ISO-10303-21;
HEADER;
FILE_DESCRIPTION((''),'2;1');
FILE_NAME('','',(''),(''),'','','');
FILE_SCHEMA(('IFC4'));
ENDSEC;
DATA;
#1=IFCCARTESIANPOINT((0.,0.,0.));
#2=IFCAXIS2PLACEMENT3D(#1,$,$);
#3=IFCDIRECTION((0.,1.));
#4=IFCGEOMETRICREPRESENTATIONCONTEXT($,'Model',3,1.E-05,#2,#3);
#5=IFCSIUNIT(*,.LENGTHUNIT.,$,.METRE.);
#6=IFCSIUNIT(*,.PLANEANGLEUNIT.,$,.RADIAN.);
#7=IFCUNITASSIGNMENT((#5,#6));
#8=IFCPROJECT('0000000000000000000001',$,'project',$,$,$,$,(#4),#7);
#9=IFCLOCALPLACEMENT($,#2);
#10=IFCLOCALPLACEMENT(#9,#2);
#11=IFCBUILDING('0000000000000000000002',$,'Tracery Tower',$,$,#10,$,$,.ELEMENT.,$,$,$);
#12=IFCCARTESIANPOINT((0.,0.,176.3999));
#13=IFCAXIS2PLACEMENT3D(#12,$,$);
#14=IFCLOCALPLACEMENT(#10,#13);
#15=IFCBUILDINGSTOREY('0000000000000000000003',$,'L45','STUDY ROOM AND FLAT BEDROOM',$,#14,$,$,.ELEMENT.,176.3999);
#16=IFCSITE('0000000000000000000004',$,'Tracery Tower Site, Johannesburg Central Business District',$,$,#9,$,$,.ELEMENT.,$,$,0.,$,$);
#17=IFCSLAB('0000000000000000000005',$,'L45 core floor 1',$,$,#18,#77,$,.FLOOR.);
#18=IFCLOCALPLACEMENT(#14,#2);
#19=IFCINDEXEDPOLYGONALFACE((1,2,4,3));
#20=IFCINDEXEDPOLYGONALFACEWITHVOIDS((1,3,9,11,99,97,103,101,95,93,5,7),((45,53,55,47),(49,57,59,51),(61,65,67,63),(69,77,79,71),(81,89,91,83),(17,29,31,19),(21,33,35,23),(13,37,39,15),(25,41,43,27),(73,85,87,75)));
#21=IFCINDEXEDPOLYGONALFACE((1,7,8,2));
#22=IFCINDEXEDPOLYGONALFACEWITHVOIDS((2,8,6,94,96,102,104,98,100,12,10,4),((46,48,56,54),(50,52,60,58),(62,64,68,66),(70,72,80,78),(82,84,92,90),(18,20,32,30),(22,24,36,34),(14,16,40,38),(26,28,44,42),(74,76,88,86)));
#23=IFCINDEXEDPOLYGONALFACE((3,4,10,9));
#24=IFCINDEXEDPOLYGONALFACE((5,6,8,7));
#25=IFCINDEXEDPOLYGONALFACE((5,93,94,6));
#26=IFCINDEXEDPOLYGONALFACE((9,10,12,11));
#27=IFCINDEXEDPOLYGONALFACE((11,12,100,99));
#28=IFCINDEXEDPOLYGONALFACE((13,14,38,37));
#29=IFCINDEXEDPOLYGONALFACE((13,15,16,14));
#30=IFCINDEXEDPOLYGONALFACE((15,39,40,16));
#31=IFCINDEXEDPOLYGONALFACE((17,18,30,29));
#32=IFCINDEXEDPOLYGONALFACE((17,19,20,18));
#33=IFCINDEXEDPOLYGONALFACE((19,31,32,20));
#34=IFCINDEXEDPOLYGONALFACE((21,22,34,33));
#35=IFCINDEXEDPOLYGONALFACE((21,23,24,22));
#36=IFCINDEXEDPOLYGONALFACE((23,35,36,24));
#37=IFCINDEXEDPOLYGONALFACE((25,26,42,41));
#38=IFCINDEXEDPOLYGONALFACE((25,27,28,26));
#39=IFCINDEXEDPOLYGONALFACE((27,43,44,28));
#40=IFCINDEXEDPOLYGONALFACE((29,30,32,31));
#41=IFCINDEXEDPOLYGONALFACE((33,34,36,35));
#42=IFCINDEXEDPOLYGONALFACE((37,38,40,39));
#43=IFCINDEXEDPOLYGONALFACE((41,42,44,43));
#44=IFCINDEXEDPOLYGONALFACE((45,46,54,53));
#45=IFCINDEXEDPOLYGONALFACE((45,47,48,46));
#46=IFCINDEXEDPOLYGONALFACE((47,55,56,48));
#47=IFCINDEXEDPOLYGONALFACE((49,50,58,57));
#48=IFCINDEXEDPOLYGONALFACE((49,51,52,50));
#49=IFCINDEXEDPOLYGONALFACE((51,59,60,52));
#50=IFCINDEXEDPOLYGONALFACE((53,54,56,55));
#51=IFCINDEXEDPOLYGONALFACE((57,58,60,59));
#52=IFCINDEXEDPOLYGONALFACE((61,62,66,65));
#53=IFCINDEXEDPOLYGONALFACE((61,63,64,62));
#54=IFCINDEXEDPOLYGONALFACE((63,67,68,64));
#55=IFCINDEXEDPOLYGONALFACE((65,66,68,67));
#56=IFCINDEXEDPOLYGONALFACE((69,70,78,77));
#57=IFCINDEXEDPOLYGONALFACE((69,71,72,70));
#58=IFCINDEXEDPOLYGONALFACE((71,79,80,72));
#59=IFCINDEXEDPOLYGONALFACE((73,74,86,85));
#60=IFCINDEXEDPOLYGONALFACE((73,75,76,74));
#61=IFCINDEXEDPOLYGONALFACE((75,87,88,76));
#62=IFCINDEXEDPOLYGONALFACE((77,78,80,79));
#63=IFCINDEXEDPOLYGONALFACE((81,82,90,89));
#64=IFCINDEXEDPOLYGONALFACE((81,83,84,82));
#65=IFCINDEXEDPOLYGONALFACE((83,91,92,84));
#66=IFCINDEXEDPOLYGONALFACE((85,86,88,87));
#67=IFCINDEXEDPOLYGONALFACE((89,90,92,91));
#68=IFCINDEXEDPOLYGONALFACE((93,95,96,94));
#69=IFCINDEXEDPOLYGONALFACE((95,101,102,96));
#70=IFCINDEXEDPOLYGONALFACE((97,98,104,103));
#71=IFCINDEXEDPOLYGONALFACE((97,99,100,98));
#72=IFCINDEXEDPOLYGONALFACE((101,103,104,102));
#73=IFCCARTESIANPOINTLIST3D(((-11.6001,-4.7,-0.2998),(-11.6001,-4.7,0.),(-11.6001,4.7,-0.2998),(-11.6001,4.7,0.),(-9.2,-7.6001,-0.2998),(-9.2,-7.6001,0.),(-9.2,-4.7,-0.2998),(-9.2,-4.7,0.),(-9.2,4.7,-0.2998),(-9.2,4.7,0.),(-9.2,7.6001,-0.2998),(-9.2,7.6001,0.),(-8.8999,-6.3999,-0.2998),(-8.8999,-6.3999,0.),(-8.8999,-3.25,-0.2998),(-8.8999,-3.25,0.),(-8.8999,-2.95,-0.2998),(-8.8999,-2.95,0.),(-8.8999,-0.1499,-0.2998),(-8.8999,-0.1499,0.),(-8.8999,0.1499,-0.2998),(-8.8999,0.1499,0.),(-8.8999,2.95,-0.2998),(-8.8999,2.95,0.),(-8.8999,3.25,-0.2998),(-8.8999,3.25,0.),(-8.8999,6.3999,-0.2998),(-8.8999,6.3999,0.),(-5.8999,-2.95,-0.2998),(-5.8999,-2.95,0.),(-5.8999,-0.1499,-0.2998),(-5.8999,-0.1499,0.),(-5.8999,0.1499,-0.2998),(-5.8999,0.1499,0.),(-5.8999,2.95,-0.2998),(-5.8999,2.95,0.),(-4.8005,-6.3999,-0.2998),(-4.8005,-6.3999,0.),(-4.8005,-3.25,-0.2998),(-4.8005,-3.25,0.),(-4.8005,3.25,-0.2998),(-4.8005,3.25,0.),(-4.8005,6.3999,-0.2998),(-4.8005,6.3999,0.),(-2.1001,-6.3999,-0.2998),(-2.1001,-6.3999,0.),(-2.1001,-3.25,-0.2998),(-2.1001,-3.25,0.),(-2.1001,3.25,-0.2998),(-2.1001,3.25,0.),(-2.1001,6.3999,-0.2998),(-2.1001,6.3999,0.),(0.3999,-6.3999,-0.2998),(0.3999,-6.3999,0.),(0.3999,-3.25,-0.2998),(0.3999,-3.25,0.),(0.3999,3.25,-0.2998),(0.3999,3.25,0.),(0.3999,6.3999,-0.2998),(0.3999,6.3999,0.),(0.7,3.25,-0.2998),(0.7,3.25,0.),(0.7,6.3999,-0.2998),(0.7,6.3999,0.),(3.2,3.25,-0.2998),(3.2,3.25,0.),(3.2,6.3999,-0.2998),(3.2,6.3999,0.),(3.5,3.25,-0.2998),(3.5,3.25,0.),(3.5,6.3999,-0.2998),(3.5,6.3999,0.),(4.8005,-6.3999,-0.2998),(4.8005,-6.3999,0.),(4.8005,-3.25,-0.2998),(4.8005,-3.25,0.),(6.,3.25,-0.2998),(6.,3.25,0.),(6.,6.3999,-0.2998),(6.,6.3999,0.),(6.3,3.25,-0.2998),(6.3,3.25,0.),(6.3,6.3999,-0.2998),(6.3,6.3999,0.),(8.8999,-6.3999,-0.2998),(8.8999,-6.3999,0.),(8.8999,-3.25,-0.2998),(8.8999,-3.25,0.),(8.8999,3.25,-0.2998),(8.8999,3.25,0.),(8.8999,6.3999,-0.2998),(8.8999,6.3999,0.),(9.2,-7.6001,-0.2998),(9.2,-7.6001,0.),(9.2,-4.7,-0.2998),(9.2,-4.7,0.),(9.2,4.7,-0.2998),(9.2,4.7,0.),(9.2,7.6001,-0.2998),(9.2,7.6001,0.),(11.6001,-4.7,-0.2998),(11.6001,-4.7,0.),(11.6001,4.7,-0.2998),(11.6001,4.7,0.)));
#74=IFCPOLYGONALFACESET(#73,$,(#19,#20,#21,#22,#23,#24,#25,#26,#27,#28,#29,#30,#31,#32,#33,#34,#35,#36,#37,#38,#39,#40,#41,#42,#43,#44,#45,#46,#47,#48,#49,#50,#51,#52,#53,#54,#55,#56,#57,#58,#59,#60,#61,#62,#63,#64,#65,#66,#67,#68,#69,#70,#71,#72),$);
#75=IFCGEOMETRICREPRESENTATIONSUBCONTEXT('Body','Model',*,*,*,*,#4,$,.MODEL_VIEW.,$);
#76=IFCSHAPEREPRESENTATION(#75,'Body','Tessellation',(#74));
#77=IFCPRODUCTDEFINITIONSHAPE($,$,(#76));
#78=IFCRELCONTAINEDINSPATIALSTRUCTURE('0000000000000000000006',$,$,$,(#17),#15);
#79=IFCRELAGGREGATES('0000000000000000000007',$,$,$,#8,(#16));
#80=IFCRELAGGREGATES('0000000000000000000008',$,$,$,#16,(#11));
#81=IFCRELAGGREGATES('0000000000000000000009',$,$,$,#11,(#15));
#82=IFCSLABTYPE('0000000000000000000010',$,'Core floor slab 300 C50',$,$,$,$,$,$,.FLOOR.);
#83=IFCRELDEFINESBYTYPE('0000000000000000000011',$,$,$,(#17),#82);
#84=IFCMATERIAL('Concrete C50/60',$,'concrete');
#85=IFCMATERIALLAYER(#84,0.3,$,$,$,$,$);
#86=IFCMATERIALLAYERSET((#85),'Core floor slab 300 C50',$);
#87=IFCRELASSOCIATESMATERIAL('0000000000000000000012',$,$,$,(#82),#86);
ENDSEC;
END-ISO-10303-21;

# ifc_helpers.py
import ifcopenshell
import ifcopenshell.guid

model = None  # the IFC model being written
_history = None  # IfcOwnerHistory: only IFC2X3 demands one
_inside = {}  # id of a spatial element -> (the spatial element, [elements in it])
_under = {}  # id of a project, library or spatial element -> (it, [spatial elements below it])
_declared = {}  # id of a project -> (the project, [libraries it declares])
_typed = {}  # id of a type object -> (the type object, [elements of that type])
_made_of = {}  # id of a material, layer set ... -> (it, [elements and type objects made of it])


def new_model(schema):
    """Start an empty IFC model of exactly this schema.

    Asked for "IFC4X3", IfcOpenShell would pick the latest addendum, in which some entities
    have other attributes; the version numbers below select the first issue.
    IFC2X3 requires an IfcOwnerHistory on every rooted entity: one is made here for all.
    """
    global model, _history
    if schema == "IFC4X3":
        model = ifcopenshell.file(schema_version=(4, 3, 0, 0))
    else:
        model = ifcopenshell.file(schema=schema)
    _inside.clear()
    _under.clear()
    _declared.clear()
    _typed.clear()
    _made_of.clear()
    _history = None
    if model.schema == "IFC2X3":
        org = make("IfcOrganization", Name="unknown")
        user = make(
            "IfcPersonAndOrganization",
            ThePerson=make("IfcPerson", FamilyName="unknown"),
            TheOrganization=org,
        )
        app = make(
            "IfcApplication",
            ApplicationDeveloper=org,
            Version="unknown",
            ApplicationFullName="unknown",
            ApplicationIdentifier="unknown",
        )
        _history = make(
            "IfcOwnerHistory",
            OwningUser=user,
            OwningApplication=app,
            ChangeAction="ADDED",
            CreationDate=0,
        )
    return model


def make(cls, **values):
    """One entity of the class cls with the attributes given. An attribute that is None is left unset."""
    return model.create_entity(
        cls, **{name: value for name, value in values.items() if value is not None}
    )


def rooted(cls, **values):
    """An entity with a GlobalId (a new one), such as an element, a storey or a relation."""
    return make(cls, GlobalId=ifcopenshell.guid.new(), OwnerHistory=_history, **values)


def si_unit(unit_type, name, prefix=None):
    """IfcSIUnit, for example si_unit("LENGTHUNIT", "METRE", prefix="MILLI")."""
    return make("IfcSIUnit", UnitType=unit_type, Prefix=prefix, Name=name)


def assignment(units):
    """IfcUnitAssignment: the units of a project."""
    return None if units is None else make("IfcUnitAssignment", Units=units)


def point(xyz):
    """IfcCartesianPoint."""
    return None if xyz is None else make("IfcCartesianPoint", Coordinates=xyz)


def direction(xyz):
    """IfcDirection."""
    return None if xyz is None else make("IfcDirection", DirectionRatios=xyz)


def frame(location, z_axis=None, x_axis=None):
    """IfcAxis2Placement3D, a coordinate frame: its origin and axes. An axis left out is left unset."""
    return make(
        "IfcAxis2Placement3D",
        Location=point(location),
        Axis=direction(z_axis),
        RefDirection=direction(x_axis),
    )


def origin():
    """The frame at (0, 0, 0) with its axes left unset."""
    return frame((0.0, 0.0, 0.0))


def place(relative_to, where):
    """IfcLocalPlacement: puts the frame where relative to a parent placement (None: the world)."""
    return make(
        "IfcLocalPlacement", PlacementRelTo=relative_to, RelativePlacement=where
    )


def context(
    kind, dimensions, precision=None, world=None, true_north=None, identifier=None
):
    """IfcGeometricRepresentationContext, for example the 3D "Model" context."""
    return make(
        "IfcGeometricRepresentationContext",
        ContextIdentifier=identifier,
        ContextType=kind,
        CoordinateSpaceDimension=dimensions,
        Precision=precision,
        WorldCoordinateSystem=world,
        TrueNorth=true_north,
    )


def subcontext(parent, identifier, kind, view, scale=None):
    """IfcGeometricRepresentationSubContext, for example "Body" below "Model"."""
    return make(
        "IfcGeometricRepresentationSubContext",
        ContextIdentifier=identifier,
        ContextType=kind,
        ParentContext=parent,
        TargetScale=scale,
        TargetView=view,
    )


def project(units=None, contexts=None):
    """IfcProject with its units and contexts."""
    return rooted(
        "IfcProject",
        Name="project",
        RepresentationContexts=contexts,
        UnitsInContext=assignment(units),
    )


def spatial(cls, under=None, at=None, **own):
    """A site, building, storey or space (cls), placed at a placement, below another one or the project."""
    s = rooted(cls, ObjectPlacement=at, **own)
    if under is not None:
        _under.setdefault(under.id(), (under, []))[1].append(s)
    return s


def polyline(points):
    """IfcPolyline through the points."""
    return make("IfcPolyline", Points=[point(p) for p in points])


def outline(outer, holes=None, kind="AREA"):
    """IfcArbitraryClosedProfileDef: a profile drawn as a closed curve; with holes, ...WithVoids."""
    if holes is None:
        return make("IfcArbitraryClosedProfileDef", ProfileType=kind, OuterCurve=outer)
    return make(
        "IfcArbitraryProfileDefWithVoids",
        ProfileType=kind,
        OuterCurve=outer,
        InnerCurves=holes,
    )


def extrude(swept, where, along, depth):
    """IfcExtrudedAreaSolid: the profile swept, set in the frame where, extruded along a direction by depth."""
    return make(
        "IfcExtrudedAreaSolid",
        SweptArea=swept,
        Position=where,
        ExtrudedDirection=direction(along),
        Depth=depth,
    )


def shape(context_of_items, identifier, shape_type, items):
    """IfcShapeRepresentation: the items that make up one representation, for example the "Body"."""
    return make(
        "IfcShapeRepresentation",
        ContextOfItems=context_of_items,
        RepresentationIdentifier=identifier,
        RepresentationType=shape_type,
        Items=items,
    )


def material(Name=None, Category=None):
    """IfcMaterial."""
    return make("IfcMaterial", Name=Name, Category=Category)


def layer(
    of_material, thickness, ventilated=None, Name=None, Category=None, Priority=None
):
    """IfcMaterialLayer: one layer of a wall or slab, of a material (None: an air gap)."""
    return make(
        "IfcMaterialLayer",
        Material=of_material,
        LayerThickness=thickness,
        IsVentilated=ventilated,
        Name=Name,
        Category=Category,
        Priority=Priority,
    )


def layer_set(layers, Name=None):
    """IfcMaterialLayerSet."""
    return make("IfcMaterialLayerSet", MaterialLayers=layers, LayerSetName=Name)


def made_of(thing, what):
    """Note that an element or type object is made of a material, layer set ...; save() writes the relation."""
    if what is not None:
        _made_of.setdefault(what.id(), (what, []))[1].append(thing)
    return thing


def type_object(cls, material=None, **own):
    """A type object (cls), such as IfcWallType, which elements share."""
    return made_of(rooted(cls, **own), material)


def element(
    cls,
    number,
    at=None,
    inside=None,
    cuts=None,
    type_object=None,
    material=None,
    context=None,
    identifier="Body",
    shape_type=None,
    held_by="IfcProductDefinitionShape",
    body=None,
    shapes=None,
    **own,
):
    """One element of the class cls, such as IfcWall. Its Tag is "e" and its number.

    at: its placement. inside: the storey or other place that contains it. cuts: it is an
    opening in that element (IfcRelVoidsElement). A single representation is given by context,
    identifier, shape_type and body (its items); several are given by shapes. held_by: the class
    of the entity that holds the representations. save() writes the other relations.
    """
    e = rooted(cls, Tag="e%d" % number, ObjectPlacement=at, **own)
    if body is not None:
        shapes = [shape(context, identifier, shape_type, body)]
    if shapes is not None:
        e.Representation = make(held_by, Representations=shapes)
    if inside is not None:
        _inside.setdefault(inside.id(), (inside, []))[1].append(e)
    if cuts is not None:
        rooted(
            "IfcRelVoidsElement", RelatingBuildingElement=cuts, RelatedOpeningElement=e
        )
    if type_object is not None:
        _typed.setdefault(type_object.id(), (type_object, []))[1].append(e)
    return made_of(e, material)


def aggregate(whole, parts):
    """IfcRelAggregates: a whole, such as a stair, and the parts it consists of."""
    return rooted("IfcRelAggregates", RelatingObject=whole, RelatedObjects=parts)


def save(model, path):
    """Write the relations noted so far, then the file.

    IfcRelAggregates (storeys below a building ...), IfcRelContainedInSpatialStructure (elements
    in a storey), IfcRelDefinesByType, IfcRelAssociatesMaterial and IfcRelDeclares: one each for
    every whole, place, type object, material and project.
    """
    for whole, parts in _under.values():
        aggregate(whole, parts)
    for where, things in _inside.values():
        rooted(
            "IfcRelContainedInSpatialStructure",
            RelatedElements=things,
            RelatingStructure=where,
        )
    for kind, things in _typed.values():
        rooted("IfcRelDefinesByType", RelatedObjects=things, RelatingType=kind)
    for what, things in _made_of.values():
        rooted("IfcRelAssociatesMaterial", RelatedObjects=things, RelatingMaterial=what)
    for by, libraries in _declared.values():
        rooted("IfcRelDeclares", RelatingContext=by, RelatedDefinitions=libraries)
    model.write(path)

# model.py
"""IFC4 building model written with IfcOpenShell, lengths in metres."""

from ifc_helpers import new_model, si_unit, direction, frame, origin, place, context, subcontext, project, spatial, polyline, outline, extrude, material, layer, layer_set, type_object, element, save


model = new_model("IFC4")

# Units and contexts
model_context = context("Model", 3, precision=1e-05, world=origin(), true_north=direction((0.0, 1.0)))
body_context = subcontext(model_context, "Body", "Model", "MODEL_VIEW")
ifc_project = project(units=[si_unit("LENGTHUNIT", "METRE"), si_unit("PLANEANGLEUNIT", "RADIAN")], contexts=[model_context])

# Site, building, storey
site_placement = place(None, origin())
site = spatial("IfcSite", under=ifc_project, at=site_placement, Name="Tracery Tower Site, Johannesburg Central Business District", CompositionType="ELEMENT", RefElevation=0.0)
building_placement = place(site_placement, origin())
building = spatial("IfcBuilding", under=site, at=building_placement, Name="Tracery Tower", CompositionType="ELEMENT")
storey_placement = place(building_placement, frame((0.0, 0.0, 176.3999)))
storey = spatial("IfcBuildingStorey", under=building, at=storey_placement, Name="L45", Description="STUDY ROOM AND FLAT BEDROOM", CompositionType="ELEMENT", Elevation=176.3999)

# Slab
ifc_material_1 = material(Name="Concrete C50/60", Category="concrete")
ifc_layer_1 = layer(ifc_material_1, 0.3)
ifc_layer_set_1 = layer_set([ifc_layer_1], Name="Core floor slab 300 C50")
slab_type_1 = type_object("IfcSlabType", Name="Core floor slab 300 C50", PredefinedType="FLOOR", material=ifc_layer_set_1)
slab_1_placement = place(storey_placement, frame((0.0, 0.0, -0.2998)))
element("IfcSlab", 1, at=slab_1_placement, inside=storey, type_object=slab_type_1, Name="L45 core floor 1", PredefinedType="FLOOR", context=body_context, shape_type="SweptSolid", body=[
    extrude(outline(polyline([(-9.2, 7.6001), (9.2, 7.6001), (9.2, 4.7), (11.6001, 4.7), (11.6001, -4.7), (9.2, -4.7), (9.2, -7.6001), (-9.2, -7.6001), (-9.2, -4.7), (-11.6001, -4.7), (-11.6001, 4.7), (-9.2, 4.7), (-9.2, 7.6001)]), holes=[polyline([(4.8005, -6.3999), (8.8999, -6.3999), (8.8999, -3.25), (4.8005, -3.25), (4.8005, -6.3999)]), polyline([(8.8999, 3.25), (8.8999, 6.3999), (6.3, 6.3999), (6.3, 3.25), (8.8999, 3.25)]), polyline([(6.0, 3.25), (6.0, 6.3999), (3.5, 6.3999), (3.5, 3.25), (6.0, 3.25)]), polyline([(3.2, 3.25), (3.2, 6.3999), (0.7, 6.3999), (0.7, 3.25), (3.2, 3.25)]), polyline([(-2.1001, 3.25), (0.3999, 3.25), (0.3999, 6.3999), (-2.1001, 6.3999), (-2.1001, 3.25)]), polyline([(0.3999, -6.3999), (0.3999, -3.25), (-2.1001, -3.25), (-2.1001, -6.3999), (0.3999, -6.3999)]), polyline([(-4.8005, -3.25), (-8.8999, -3.25), (-8.8999, -6.3999), (-4.8005, -6.3999), (-4.8005, -3.25)]), polyline([(-4.8005, 6.3999), (-8.8999, 6.3999), (-8.8999, 3.25), (-4.8005, 3.25), (-4.8005, 6.3999)]), polyline([(-5.8999, -2.95), (-5.8999, -0.1499), (-8.8999, -0.1499), (-8.8999, -2.95), (-5.8999, -2.95)]), polyline([(-5.8999, 0.1499), (-5.8999, 2.95), (-8.8999, 2.95), (-8.8999, 0.1499), (-5.8999, 0.1499)])]), origin(), (0.0, 0.0, 1.0), 0.2998),
])

save(model, "model.ifc")
